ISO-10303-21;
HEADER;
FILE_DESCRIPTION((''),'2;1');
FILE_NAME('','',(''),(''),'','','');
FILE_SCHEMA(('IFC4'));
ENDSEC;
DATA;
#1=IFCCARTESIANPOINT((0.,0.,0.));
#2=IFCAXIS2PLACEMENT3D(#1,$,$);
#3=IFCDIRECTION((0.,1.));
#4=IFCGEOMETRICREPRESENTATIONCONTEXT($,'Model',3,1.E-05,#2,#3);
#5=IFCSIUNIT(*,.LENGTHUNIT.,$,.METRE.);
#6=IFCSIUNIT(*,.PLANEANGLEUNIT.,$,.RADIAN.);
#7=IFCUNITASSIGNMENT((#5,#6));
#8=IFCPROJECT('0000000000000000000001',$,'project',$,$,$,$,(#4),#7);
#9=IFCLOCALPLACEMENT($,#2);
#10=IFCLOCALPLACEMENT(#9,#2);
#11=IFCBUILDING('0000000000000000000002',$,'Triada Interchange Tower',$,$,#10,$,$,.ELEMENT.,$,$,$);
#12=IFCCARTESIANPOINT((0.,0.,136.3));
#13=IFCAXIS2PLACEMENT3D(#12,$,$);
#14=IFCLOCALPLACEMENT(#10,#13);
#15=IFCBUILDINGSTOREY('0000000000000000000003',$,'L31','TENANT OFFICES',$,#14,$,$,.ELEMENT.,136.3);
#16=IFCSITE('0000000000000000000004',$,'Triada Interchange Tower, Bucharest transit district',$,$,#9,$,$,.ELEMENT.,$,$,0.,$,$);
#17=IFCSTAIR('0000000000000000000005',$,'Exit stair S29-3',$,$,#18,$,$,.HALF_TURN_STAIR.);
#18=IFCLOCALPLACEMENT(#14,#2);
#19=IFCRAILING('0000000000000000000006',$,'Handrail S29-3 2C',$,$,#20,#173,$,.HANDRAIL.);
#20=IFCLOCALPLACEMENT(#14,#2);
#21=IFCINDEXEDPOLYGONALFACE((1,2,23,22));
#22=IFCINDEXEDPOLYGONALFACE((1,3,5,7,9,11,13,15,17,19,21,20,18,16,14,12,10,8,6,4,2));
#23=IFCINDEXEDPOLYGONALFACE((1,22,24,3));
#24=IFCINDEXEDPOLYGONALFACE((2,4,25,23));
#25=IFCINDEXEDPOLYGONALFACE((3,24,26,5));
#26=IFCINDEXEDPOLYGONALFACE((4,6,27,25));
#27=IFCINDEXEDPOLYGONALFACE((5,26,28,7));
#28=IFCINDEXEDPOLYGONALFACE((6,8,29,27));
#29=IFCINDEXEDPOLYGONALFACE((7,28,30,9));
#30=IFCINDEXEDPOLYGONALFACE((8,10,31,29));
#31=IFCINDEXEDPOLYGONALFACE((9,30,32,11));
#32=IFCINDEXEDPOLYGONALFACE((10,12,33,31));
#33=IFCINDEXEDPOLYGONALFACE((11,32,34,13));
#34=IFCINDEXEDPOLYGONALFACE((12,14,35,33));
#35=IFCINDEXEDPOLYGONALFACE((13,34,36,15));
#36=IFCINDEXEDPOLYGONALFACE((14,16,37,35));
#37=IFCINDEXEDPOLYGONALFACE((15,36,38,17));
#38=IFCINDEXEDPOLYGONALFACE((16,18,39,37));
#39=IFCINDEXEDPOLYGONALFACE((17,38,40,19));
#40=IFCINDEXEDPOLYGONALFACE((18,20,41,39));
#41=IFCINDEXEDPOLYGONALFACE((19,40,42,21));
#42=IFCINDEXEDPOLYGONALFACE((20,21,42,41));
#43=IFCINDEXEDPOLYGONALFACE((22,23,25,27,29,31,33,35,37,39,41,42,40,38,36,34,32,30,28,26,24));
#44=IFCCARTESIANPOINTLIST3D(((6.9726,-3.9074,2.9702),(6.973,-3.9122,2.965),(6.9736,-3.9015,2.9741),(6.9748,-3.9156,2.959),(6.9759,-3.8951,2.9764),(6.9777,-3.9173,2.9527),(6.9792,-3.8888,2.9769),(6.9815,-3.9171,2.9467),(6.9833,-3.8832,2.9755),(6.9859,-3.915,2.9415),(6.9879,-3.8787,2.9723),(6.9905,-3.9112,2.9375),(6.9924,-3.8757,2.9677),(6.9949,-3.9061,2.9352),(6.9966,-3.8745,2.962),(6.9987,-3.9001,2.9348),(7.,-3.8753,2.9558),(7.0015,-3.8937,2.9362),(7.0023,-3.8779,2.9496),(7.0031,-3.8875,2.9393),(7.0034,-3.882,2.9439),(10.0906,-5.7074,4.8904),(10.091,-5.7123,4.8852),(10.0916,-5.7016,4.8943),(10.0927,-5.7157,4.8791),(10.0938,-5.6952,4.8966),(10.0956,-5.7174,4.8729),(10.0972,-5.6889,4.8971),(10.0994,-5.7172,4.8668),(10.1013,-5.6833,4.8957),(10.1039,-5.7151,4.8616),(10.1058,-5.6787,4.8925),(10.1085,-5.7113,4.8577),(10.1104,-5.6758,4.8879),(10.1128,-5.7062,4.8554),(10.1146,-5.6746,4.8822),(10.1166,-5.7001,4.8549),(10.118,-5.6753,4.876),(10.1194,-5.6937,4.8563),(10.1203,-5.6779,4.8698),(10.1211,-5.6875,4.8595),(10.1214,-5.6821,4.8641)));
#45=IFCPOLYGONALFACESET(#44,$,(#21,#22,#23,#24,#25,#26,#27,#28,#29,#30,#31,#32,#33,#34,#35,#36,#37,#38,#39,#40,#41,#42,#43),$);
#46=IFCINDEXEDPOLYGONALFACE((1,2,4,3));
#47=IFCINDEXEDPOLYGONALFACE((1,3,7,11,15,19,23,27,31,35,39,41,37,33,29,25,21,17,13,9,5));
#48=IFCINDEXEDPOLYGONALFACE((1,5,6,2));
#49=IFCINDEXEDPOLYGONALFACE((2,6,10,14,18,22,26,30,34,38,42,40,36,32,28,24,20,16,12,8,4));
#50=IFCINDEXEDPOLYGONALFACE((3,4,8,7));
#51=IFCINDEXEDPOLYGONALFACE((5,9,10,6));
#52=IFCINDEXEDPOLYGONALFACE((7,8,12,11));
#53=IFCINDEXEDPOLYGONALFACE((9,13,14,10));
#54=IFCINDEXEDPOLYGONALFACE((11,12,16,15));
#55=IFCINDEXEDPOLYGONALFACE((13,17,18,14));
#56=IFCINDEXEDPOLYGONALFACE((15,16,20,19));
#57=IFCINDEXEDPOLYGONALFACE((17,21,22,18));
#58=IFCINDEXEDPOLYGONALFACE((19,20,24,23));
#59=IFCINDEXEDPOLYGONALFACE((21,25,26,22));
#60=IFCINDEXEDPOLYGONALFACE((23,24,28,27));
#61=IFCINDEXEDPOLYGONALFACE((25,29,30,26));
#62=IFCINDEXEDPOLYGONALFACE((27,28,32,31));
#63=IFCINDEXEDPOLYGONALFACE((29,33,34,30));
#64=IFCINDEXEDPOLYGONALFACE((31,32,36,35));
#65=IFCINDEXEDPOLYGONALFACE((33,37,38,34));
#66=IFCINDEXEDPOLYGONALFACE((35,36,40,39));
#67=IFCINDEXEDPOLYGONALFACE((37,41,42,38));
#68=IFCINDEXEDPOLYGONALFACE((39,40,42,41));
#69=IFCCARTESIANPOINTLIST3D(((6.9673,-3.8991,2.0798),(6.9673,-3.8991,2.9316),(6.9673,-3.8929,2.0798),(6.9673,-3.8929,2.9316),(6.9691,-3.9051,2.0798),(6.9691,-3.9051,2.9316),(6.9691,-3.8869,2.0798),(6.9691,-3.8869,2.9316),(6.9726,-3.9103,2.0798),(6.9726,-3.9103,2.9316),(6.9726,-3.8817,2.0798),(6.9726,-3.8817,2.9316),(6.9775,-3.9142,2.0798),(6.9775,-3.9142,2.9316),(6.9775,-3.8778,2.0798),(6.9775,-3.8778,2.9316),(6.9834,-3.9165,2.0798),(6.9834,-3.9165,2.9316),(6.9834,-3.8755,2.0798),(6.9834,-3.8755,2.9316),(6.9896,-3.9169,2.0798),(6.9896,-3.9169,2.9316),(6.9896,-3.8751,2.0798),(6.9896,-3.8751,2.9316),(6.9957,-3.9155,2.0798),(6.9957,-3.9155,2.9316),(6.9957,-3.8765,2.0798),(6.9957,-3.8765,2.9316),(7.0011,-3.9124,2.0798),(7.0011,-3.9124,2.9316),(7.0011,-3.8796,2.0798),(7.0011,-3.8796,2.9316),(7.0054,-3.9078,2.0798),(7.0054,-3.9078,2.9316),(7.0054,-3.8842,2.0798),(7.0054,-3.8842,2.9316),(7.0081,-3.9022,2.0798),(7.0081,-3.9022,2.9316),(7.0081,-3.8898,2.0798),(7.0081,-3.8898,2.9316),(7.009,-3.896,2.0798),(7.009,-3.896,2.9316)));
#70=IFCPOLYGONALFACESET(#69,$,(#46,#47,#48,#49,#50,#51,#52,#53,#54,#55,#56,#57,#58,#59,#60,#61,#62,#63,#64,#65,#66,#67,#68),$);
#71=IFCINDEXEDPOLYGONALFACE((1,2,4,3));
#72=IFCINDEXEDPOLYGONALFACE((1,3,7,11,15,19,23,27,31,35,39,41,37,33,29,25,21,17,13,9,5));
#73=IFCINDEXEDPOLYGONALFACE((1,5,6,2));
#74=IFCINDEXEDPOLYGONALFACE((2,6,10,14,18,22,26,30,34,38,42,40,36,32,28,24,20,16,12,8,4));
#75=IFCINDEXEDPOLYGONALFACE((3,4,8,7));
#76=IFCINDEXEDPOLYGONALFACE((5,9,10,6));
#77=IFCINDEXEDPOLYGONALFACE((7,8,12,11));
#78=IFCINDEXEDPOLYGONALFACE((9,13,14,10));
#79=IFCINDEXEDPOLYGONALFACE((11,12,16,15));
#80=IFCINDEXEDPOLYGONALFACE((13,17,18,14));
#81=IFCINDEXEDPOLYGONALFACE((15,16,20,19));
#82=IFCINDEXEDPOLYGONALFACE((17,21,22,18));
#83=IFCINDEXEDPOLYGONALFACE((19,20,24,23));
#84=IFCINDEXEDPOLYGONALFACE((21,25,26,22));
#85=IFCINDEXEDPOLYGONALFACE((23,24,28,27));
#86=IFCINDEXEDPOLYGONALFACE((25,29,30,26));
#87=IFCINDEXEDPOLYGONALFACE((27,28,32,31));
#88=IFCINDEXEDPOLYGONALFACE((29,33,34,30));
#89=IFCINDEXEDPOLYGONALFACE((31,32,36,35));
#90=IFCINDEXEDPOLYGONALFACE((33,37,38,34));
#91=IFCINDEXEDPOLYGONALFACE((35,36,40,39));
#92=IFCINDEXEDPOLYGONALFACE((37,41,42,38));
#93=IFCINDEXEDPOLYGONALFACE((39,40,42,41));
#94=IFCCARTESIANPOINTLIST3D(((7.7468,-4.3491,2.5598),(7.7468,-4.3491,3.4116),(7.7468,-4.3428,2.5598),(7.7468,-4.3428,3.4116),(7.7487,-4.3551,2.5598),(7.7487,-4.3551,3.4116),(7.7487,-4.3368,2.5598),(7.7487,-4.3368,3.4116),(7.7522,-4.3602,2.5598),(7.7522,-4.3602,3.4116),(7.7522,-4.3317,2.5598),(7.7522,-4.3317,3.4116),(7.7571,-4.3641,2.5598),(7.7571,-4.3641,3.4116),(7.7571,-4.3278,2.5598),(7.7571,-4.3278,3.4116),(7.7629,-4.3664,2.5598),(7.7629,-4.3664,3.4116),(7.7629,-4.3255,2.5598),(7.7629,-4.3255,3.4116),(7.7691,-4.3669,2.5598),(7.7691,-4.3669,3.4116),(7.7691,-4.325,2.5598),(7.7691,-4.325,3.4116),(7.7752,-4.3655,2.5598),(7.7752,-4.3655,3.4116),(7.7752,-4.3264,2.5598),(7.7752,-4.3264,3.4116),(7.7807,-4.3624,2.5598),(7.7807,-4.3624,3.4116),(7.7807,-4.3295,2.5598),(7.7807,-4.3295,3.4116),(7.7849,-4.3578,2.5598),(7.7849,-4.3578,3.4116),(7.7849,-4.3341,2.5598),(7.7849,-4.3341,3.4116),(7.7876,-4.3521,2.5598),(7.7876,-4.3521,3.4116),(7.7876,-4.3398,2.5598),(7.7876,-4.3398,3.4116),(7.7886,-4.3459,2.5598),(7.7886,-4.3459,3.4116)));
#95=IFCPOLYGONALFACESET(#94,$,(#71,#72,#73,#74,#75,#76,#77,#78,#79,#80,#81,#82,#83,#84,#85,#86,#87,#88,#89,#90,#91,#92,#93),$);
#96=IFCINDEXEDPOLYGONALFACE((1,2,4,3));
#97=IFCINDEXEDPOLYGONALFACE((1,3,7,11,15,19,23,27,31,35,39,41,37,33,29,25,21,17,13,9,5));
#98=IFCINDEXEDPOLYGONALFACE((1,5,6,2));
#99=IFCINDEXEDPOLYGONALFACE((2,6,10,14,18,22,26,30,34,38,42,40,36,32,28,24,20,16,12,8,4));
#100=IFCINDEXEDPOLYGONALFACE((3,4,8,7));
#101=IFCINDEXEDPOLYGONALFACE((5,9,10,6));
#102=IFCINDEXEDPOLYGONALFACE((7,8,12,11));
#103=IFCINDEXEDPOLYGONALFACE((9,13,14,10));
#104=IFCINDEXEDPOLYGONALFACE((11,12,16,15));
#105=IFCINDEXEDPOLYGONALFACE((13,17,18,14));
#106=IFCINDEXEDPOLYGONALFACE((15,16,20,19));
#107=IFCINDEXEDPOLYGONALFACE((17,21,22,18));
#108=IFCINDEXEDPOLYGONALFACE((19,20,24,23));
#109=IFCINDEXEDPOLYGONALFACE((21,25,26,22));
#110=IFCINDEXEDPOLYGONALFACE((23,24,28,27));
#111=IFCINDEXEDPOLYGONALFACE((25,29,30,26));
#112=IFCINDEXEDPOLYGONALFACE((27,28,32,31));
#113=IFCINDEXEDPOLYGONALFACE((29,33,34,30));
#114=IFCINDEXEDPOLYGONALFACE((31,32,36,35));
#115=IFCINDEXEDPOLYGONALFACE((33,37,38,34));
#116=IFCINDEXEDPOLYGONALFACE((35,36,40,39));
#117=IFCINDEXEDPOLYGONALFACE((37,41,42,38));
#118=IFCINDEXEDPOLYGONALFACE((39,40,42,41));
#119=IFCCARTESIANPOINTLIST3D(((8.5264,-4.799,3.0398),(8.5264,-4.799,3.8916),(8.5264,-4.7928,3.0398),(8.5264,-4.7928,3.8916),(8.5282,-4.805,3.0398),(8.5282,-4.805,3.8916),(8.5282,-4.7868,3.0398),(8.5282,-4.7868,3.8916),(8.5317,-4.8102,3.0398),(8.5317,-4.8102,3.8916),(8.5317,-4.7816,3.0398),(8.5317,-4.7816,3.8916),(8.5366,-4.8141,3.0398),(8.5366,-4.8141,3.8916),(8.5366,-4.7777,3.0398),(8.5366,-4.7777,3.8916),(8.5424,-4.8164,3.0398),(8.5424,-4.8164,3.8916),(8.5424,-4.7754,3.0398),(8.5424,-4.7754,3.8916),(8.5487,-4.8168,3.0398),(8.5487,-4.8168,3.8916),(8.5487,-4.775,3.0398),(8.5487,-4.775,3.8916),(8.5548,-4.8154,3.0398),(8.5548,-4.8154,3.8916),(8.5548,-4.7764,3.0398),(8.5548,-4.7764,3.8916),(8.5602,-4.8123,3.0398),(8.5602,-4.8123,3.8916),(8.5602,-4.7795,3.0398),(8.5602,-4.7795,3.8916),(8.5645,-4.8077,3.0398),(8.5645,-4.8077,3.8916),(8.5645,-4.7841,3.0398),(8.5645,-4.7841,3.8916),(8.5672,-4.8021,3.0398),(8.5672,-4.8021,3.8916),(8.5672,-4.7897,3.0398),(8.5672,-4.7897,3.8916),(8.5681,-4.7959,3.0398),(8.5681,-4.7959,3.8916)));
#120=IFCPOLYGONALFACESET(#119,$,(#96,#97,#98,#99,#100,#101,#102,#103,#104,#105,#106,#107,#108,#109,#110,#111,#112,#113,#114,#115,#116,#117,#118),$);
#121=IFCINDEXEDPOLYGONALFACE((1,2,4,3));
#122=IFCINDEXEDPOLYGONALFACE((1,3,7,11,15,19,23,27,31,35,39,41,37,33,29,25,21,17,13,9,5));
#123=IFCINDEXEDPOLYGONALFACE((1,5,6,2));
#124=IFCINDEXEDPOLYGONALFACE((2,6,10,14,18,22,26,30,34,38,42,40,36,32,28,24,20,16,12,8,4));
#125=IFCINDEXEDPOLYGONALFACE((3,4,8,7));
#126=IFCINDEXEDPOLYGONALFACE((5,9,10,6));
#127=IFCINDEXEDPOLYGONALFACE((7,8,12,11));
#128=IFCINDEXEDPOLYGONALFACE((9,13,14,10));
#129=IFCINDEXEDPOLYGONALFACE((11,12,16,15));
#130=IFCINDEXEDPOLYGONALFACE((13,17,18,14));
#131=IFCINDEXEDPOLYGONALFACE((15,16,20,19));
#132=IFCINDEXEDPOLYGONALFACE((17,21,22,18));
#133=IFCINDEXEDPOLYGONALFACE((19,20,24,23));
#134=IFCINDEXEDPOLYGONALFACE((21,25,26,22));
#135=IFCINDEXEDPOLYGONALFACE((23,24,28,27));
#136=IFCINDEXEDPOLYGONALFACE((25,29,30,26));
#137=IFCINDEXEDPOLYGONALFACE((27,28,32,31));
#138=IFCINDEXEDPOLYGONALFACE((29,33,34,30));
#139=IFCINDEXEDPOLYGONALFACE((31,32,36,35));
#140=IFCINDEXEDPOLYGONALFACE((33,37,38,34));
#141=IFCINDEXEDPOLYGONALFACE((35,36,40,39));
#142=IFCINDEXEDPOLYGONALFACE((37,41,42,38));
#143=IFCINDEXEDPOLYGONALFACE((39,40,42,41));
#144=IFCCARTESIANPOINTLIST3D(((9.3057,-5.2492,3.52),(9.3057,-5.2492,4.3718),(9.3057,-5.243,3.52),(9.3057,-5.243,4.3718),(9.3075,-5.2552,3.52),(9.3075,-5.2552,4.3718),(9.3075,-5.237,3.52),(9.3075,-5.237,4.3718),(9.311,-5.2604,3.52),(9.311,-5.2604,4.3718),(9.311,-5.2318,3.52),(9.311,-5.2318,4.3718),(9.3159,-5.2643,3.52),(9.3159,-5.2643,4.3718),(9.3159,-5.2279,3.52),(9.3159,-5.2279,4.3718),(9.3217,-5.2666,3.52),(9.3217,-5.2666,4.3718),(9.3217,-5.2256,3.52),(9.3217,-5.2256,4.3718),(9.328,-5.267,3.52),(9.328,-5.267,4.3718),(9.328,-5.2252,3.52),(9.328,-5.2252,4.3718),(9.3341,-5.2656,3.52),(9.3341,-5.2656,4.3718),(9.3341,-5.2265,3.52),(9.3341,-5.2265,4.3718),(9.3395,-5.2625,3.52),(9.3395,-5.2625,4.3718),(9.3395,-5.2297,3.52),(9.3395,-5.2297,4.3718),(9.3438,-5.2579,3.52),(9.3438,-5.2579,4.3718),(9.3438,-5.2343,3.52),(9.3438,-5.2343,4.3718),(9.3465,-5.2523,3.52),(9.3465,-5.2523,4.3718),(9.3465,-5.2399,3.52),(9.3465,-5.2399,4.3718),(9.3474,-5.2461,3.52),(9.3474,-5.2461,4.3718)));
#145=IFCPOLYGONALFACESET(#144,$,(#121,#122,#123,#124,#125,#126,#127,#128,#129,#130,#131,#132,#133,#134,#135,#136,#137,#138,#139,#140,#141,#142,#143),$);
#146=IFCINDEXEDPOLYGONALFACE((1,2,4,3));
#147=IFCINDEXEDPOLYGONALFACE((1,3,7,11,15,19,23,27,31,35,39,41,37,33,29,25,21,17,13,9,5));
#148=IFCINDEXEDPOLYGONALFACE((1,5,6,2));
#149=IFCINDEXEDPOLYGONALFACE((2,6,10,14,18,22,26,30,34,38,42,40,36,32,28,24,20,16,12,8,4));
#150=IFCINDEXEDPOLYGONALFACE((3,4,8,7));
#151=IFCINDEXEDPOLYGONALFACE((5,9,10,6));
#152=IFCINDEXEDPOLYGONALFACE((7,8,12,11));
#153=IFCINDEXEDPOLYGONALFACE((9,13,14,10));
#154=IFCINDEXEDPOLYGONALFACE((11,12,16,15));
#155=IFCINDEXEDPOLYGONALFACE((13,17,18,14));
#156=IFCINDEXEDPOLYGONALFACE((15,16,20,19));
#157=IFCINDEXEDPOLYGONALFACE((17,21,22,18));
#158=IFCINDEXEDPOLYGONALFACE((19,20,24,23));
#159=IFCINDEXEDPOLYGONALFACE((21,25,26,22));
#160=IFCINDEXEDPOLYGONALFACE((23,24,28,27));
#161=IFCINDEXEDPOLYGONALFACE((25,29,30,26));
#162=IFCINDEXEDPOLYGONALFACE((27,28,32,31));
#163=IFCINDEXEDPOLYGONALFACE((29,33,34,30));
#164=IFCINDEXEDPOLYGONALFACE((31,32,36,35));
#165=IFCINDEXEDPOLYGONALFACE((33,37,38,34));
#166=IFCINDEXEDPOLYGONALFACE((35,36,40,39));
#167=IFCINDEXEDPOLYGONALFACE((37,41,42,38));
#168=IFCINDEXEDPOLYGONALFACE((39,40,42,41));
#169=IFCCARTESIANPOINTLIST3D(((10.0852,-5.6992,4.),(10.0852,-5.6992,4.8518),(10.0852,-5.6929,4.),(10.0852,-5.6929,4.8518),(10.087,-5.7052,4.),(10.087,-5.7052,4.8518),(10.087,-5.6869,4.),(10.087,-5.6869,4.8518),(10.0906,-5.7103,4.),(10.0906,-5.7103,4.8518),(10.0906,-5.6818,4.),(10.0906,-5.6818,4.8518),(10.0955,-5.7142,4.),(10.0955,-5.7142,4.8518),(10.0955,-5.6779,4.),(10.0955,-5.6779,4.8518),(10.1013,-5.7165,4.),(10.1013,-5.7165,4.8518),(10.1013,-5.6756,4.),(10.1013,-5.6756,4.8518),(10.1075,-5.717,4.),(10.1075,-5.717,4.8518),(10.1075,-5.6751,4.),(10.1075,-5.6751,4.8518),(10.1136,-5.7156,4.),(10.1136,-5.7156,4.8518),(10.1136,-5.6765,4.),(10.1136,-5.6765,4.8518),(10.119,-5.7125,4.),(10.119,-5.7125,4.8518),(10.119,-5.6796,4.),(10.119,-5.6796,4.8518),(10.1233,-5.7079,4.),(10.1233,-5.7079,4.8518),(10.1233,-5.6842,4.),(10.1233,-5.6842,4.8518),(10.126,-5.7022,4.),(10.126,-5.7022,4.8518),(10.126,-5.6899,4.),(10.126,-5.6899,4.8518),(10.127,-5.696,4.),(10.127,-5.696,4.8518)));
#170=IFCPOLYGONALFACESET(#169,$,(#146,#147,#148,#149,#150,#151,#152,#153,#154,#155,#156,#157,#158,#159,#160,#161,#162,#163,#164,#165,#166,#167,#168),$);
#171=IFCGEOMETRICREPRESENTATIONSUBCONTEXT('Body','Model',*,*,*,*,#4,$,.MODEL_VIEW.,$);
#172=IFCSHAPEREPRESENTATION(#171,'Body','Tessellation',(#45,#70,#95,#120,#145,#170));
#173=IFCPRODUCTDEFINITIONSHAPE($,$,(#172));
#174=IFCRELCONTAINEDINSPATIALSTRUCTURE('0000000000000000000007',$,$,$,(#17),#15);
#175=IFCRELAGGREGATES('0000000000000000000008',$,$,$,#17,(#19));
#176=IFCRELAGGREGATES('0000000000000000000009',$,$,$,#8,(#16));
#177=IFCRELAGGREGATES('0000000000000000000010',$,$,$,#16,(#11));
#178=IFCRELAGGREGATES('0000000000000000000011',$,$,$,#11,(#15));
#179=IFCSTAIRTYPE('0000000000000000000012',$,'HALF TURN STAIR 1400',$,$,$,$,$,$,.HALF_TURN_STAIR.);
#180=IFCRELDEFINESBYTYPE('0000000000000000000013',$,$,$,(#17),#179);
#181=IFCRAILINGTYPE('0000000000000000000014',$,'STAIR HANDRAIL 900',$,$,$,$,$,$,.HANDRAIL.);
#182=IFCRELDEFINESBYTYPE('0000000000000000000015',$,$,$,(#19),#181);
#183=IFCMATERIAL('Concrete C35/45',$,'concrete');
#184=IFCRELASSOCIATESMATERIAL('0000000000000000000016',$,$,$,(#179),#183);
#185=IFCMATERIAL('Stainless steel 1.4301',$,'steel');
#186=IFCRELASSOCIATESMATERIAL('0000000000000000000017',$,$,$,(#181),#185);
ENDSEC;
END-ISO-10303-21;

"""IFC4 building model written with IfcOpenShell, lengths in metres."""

from ifc_helpers import new_model, si_unit, direction, frame, origin, origin_2d, place, context, subcontext, project, spatial, circle, extrude, material, type_object, element, aggregate, save


model = new_model("IFC4")

# Units and contexts
model_context = context("Model", 3, precision=1e-05, world=origin(), true_north=direction((0.0, 1.0)))
body_context = subcontext(model_context, "Body", "Model", "MODEL_VIEW")
ifc_project = project(units=[si_unit("LENGTHUNIT", "METRE"), si_unit("PLANEANGLEUNIT", "RADIAN")], contexts=[model_context])

# Site, building, storey
site_placement = place(None, origin())
site = spatial("IfcSite", under=ifc_project, at=site_placement, Name="Triada Interchange Tower, Bucharest transit district", CompositionType="ELEMENT", RefElevation=0.0)
building_placement = place(site_placement, origin())
building = spatial("IfcBuilding", under=site, at=building_placement, Name="Triada Interchange Tower", CompositionType="ELEMENT")
storey_placement = place(building_placement, frame((0.0, 0.0, 136.3)))
storey = spatial("IfcBuildingStorey", under=building, at=storey_placement, Name="L31", Description="TENANT OFFICES", CompositionType="ELEMENT", Elevation=136.3)

# Stair, railing
ifc_material_1 = material(Name="Concrete C35/45", Category="concrete")
stair_type = type_object("IfcStairType", Name="HALF TURN STAIR 1400", PredefinedType="HALF_TURN_STAIR", material=ifc_material_1)
stair_placement = place(storey_placement, origin())
stair = element("IfcStair", 1, at=stair_placement, inside=storey, type_object=stair_type, Name="Exit stair S29-3", PredefinedType="HALF_TURN_STAIR")
ifc_material_2 = material(Name="Stainless steel 1.4301", Category="steel")
railing_type = type_object("IfcRailingType", Name="STAIR HANDRAIL 900", PredefinedType="HANDRAIL", material=ifc_material_2)
railing_1_placement = place(storey_placement, frame((6.988, -3.896, 2.0798)))
railing_1 = element("IfcRailing", 2, at=railing_1_placement, type_object=railing_type, Name="Handrail S29-3 2C", PredefinedType="HANDRAIL", context=body_context, shape_type="SweptSolid", body=[
    extrude(circle(Radius=0.0239, at=origin_2d()), frame((0.0, 0.0, 0.876), z_axis=(0.764145, -0.441159, 0.470597), x_axis=(0.499983, 0.866035, 0.0)), (0.0, 0.0, 1.0), 4.0803),
    extrude(circle(Radius=0.021, at=origin_2d()), origin(), (0.0, 0.0, 1.0), 0.8518),
    extrude(circle(Radius=0.021, at=origin_2d()), frame((0.7795, -0.45, 0.48)), (0.0, 0.0, 1.0), 0.8518),
    extrude(circle(Radius=0.021, at=origin_2d()), frame((1.5591, -0.8999, 0.96)), (0.0, 0.0, 1.0), 0.8518),
    extrude(circle(Radius=0.021, at=origin_2d()), frame((2.3384, -1.3501, 1.4402)), (0.0, 0.0, 1.0), 0.8518),
    extrude(circle(Radius=0.021, at=origin_2d()), frame((3.1179, -1.8, 1.9202)), (0.0, 0.0, 1.0), 0.8518),
])
aggregate(stair, [railing_1])

save(model, "model.ifc")
